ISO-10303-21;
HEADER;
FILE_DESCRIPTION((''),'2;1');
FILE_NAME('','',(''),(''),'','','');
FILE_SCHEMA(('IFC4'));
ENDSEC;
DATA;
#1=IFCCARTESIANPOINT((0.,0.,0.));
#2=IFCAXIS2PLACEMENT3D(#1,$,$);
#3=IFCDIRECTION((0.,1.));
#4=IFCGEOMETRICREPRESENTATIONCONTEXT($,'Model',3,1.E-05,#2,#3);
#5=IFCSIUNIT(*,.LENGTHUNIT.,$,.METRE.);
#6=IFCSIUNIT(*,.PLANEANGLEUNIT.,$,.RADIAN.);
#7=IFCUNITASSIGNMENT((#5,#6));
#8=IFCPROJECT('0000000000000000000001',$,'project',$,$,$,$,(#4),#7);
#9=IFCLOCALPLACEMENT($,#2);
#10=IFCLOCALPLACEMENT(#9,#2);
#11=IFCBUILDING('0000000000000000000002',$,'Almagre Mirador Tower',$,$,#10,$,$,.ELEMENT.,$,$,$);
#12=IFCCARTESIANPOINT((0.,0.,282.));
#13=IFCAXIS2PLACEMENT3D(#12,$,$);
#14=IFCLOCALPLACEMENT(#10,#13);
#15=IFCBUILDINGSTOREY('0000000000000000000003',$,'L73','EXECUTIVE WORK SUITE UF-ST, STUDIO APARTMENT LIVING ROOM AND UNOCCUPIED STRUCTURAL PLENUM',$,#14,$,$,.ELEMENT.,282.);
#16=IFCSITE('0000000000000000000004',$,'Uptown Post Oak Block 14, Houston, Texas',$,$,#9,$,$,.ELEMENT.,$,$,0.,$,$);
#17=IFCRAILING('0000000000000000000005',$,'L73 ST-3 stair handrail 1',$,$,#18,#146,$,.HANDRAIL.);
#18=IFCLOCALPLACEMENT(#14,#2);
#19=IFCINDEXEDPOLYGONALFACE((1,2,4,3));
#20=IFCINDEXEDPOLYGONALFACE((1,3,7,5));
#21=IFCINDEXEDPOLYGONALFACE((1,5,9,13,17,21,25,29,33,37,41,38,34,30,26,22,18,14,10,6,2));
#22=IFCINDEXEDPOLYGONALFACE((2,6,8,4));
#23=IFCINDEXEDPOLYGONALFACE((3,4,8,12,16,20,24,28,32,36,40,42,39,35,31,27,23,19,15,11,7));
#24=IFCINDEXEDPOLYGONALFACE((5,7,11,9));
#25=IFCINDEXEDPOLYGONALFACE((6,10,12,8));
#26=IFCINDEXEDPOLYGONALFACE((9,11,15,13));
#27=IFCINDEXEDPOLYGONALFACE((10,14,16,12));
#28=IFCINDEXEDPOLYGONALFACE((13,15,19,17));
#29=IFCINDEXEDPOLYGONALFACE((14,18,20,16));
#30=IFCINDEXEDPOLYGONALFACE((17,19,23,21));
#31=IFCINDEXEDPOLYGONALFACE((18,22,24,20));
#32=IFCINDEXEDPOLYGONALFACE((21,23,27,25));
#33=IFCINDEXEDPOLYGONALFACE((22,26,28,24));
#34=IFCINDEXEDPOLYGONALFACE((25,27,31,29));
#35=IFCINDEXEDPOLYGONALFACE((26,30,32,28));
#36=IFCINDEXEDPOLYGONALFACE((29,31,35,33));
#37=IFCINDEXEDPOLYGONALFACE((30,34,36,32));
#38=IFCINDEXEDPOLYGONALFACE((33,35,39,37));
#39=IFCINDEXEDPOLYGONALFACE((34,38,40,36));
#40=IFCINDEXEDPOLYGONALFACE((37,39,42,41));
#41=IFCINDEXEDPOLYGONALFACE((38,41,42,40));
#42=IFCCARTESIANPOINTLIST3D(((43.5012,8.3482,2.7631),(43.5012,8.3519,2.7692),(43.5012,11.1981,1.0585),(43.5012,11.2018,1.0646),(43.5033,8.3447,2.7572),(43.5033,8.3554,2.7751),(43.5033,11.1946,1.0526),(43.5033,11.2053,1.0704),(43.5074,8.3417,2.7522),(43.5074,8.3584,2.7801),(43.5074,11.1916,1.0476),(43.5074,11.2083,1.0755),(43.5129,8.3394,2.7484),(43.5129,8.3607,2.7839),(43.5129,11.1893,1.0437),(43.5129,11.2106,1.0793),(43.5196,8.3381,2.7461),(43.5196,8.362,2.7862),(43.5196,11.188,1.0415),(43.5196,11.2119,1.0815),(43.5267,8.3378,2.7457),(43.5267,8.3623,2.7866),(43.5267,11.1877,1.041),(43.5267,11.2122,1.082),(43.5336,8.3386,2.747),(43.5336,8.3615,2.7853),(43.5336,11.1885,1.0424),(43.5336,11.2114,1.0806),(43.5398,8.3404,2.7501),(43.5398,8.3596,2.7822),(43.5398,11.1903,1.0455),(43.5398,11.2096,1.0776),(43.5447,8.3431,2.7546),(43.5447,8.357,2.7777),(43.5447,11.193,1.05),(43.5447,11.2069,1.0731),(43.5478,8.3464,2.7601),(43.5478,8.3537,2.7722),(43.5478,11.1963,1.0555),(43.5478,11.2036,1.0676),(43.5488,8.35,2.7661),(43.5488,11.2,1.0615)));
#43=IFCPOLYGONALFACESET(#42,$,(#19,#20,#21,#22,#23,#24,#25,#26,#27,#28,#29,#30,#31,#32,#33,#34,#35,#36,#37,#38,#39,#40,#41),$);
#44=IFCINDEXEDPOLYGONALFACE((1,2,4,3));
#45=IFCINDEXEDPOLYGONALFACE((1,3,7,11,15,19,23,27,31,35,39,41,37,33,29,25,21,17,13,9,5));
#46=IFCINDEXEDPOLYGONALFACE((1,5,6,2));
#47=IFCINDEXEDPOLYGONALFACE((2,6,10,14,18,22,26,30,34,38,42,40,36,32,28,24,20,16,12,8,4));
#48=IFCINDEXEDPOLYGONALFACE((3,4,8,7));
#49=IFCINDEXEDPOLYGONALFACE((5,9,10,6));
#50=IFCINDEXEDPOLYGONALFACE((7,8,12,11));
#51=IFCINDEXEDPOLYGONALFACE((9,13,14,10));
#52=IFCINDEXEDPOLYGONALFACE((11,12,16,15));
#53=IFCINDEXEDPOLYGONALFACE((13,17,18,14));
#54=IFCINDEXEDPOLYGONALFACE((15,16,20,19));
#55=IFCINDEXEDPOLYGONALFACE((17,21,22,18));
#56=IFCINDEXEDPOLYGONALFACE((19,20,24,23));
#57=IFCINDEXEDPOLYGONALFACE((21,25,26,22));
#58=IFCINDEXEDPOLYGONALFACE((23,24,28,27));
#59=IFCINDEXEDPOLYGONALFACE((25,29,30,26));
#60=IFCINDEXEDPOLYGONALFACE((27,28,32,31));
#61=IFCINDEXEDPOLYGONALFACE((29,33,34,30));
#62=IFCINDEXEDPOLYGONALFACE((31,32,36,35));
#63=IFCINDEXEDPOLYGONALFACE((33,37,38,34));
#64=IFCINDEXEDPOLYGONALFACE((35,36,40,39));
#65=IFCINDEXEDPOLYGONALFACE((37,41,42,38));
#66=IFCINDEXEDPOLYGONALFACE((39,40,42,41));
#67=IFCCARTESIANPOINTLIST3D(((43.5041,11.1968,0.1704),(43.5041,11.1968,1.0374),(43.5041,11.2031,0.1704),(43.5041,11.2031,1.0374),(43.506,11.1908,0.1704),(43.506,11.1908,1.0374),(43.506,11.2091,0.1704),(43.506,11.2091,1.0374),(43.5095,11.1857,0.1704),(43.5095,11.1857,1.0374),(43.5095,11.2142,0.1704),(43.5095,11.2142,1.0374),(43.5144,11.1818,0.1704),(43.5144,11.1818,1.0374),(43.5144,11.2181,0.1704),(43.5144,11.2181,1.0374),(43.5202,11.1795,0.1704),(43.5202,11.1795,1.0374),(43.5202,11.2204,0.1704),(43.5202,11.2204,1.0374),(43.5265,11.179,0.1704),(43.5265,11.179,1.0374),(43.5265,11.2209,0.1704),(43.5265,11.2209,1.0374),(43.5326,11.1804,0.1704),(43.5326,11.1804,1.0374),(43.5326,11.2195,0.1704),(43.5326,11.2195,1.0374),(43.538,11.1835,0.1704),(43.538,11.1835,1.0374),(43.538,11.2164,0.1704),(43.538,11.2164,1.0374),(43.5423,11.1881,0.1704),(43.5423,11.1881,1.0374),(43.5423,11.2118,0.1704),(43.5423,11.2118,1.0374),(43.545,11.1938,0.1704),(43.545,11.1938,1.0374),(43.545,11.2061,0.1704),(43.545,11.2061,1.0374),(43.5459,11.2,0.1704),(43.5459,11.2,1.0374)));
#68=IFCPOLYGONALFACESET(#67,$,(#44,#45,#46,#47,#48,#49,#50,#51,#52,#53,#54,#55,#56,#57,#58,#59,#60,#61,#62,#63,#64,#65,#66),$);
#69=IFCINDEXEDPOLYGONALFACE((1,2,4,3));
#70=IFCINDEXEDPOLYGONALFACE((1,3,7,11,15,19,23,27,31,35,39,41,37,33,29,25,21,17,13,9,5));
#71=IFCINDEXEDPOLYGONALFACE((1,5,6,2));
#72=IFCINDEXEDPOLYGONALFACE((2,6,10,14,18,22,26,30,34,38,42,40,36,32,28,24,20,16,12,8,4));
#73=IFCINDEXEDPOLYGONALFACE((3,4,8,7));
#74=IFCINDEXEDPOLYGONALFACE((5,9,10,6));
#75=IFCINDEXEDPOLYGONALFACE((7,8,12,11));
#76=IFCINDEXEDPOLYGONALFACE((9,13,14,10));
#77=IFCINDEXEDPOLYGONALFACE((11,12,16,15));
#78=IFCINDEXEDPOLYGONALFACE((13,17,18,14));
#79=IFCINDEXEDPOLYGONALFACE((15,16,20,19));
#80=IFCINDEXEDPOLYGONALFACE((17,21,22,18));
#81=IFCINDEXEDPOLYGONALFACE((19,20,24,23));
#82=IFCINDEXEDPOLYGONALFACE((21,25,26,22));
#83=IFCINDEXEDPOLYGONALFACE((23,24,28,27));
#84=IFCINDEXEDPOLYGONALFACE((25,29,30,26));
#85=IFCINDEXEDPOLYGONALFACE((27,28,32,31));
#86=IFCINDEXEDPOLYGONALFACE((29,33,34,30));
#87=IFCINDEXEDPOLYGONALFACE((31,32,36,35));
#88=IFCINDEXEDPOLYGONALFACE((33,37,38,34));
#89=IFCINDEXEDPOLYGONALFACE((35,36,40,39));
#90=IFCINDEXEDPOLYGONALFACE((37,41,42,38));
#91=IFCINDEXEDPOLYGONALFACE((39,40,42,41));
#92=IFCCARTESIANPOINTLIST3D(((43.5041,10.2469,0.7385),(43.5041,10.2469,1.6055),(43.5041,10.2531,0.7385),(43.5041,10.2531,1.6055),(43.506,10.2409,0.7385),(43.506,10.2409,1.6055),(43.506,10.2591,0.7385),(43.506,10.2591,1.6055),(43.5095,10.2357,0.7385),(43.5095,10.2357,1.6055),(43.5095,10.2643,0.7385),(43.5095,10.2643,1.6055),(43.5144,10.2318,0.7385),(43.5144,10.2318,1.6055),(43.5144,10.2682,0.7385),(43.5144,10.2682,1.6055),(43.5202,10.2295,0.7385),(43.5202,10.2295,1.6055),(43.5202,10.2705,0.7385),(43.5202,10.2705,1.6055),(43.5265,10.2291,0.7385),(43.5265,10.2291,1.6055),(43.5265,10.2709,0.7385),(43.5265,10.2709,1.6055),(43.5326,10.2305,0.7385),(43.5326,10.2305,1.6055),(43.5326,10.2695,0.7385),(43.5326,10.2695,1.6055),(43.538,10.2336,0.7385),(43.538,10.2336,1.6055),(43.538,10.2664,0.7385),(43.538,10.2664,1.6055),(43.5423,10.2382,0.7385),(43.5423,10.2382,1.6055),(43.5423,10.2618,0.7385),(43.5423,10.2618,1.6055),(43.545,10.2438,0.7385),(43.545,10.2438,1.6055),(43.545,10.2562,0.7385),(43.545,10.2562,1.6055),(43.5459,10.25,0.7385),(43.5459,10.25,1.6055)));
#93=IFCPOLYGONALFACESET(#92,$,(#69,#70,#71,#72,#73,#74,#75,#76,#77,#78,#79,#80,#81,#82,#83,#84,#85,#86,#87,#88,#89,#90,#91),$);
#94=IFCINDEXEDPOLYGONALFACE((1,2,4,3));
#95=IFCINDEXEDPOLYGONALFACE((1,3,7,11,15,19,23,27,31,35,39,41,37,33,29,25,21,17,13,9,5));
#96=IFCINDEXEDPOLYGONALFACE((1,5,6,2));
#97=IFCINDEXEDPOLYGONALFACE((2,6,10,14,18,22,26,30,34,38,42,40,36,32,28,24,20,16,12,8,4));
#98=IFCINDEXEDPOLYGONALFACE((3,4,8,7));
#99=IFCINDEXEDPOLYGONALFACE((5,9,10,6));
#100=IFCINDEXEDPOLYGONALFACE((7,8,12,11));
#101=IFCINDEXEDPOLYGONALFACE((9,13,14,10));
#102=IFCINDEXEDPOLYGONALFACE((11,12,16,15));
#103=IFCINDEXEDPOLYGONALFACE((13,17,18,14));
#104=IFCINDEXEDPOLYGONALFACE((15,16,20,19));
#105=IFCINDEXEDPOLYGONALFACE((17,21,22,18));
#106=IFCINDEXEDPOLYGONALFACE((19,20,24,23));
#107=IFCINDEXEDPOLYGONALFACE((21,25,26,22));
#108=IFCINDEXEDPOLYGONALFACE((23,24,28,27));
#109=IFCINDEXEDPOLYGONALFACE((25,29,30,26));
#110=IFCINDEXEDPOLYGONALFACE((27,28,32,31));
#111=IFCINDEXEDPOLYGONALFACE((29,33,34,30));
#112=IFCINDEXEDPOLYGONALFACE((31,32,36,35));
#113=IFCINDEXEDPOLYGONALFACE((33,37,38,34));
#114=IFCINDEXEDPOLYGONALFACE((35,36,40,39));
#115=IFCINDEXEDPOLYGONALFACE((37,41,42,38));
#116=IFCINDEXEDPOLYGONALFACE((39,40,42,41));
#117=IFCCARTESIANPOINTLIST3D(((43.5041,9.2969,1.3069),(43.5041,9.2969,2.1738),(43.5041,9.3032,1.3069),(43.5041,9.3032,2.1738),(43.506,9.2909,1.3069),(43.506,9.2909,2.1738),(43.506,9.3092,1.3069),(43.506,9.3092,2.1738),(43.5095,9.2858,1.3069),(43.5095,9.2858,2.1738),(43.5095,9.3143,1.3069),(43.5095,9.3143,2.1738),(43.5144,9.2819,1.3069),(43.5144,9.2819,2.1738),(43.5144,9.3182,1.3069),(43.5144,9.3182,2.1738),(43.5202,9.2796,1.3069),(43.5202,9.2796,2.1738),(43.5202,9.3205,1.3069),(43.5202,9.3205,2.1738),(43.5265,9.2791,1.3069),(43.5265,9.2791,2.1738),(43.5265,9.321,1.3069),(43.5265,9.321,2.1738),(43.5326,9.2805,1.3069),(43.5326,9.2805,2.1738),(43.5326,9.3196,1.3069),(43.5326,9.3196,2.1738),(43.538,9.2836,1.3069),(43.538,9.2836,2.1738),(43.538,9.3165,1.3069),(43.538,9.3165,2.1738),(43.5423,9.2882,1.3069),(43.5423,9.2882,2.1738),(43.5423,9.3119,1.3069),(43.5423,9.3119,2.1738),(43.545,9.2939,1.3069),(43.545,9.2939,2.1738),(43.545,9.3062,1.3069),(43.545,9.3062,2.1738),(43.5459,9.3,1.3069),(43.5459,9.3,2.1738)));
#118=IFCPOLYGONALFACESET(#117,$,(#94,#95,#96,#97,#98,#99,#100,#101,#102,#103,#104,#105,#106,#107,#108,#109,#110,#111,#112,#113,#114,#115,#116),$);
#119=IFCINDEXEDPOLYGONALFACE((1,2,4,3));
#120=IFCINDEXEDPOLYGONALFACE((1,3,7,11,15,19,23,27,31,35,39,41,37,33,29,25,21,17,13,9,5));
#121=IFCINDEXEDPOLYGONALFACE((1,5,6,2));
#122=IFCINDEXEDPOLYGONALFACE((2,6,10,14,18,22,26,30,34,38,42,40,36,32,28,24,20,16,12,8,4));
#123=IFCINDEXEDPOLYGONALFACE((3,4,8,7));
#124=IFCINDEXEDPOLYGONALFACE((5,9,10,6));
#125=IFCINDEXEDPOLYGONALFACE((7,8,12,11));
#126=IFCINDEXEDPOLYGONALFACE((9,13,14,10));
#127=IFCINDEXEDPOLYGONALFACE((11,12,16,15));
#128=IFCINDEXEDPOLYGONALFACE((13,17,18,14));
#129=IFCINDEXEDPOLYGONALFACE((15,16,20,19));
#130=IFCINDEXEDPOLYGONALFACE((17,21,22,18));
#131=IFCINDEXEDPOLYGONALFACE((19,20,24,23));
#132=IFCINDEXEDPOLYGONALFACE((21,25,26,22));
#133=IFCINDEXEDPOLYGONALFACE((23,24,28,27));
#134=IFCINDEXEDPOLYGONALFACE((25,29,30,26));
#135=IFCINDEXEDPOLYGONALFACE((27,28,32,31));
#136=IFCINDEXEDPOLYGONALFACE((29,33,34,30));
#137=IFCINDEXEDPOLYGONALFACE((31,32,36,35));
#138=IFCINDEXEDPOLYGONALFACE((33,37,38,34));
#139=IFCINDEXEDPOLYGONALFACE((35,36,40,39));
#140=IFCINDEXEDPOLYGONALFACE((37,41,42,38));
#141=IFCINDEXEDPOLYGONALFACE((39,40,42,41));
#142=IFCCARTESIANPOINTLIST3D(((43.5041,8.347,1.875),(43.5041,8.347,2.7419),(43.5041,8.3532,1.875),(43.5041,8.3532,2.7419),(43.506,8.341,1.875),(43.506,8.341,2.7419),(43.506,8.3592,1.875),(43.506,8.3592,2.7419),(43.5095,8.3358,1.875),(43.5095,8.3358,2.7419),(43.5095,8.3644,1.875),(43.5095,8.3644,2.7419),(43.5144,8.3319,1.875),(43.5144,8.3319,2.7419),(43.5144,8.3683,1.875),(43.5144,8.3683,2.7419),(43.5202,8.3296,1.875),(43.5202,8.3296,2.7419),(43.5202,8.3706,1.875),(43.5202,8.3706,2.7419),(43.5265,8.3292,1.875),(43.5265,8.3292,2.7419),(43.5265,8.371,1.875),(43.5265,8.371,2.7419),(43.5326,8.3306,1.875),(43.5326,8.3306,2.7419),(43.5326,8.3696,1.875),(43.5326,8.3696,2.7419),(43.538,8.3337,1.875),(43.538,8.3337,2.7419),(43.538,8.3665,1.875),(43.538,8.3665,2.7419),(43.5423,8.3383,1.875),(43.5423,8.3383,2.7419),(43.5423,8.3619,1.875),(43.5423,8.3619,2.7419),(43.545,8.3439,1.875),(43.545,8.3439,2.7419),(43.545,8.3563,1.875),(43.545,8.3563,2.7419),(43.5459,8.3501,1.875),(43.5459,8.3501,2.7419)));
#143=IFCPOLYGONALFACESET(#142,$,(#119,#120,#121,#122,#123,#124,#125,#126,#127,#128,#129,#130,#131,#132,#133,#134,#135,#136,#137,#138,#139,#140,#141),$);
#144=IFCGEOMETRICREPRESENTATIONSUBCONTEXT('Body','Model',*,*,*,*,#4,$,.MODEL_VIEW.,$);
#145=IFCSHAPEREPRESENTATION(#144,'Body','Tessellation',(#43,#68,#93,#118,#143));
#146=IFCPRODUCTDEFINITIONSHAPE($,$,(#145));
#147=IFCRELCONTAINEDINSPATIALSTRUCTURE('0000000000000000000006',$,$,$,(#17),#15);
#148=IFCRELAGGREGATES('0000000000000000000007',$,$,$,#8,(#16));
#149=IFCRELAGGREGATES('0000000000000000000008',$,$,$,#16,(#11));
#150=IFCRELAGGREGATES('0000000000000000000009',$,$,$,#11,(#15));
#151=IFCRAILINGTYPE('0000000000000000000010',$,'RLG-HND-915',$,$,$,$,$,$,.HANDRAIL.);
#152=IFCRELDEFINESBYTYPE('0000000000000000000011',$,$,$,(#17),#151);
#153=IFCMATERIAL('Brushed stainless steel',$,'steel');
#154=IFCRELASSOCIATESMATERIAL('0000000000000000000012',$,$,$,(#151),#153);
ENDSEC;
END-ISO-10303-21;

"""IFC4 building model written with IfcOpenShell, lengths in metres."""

from ifc_helpers import new_model, si_unit, direction, frame, origin, origin_2d, place, context, subcontext, project, spatial, circle, extrude, material, type_object, element, save


model = new_model("IFC4")

# Units and contexts
model_context = context("Model", 3, precision=1e-05, world=origin(), true_north=direction((0.0, 1.0)))
body_context = subcontext(model_context, "Body", "Model", "MODEL_VIEW")
ifc_project = project(units=[si_unit("LENGTHUNIT", "METRE"), si_unit("PLANEANGLEUNIT", "RADIAN")], contexts=[model_context])

# Site, building, storey
site_placement = place(None, origin())
site = spatial("IfcSite", under=ifc_project, at=site_placement, Name="Uptown Post Oak Block 14, Houston, Texas", CompositionType="ELEMENT", RefElevation=0.0)
building_placement = place(site_placement, origin())
building = spatial("IfcBuilding", under=site, at=building_placement, Name="Almagre Mirador Tower", CompositionType="ELEMENT")
storey_placement = place(building_placement, frame((0.0, 0.0, 282.0)))
storey = spatial("IfcBuildingStorey", under=building, at=storey_placement, Name="L73", Description="EXECUTIVE WORK SUITE UF-ST, STUDIO APARTMENT LIVING ROOM AND UNOCCUPIED STRUCTURAL PLENUM", CompositionType="ELEMENT", Elevation=282.0)

# Railing
ifc_material_1 = material(Name="Brushed stainless steel", Category="steel")
railing_type_1 = type_object("IfcRailingType", Name="RLG-HND-915", PredefinedType="HANDRAIL", material=ifc_material_1)
railing_1_placement = place(storey_placement, frame((43.5249, 11.2, 0.1704)))
element("IfcRailing", 1, at=railing_1_placement, inside=storey, type_object=railing_type_1, Name="L73 ST-3 stair handrail 1", PredefinedType="HANDRAIL", context=body_context, shape_type="SweptSolid", body=[
    extrude(circle(Radius=0.0239, at=origin_2d()), frame((0.0, 0.0, 0.8911), z_axis=(0.0, -0.858199, 0.513317), x_axis=(1.0, 0.0, 0.0)), (0.0, 0.0, 1.0), 3.3208),
    extrude(circle(Radius=0.021, at=origin_2d()), origin(), (0.0, 0.0, 1.0), 0.8669),
    extrude(circle(Radius=0.021, at=origin_2d()), frame((0.0, -0.95, 0.5681)), (0.0, 0.0, 1.0), 0.8669),
    extrude(circle(Radius=0.021, at=origin_2d()), frame((0.0, -1.8999, 1.1365)), (0.0, 0.0, 1.0), 0.8669),
    extrude(circle(Radius=0.021, at=origin_2d()), frame((0.0, -2.8499, 1.7046)), (0.0, 0.0, 1.0), 0.8669),
])

save(model, "model.ifc")
